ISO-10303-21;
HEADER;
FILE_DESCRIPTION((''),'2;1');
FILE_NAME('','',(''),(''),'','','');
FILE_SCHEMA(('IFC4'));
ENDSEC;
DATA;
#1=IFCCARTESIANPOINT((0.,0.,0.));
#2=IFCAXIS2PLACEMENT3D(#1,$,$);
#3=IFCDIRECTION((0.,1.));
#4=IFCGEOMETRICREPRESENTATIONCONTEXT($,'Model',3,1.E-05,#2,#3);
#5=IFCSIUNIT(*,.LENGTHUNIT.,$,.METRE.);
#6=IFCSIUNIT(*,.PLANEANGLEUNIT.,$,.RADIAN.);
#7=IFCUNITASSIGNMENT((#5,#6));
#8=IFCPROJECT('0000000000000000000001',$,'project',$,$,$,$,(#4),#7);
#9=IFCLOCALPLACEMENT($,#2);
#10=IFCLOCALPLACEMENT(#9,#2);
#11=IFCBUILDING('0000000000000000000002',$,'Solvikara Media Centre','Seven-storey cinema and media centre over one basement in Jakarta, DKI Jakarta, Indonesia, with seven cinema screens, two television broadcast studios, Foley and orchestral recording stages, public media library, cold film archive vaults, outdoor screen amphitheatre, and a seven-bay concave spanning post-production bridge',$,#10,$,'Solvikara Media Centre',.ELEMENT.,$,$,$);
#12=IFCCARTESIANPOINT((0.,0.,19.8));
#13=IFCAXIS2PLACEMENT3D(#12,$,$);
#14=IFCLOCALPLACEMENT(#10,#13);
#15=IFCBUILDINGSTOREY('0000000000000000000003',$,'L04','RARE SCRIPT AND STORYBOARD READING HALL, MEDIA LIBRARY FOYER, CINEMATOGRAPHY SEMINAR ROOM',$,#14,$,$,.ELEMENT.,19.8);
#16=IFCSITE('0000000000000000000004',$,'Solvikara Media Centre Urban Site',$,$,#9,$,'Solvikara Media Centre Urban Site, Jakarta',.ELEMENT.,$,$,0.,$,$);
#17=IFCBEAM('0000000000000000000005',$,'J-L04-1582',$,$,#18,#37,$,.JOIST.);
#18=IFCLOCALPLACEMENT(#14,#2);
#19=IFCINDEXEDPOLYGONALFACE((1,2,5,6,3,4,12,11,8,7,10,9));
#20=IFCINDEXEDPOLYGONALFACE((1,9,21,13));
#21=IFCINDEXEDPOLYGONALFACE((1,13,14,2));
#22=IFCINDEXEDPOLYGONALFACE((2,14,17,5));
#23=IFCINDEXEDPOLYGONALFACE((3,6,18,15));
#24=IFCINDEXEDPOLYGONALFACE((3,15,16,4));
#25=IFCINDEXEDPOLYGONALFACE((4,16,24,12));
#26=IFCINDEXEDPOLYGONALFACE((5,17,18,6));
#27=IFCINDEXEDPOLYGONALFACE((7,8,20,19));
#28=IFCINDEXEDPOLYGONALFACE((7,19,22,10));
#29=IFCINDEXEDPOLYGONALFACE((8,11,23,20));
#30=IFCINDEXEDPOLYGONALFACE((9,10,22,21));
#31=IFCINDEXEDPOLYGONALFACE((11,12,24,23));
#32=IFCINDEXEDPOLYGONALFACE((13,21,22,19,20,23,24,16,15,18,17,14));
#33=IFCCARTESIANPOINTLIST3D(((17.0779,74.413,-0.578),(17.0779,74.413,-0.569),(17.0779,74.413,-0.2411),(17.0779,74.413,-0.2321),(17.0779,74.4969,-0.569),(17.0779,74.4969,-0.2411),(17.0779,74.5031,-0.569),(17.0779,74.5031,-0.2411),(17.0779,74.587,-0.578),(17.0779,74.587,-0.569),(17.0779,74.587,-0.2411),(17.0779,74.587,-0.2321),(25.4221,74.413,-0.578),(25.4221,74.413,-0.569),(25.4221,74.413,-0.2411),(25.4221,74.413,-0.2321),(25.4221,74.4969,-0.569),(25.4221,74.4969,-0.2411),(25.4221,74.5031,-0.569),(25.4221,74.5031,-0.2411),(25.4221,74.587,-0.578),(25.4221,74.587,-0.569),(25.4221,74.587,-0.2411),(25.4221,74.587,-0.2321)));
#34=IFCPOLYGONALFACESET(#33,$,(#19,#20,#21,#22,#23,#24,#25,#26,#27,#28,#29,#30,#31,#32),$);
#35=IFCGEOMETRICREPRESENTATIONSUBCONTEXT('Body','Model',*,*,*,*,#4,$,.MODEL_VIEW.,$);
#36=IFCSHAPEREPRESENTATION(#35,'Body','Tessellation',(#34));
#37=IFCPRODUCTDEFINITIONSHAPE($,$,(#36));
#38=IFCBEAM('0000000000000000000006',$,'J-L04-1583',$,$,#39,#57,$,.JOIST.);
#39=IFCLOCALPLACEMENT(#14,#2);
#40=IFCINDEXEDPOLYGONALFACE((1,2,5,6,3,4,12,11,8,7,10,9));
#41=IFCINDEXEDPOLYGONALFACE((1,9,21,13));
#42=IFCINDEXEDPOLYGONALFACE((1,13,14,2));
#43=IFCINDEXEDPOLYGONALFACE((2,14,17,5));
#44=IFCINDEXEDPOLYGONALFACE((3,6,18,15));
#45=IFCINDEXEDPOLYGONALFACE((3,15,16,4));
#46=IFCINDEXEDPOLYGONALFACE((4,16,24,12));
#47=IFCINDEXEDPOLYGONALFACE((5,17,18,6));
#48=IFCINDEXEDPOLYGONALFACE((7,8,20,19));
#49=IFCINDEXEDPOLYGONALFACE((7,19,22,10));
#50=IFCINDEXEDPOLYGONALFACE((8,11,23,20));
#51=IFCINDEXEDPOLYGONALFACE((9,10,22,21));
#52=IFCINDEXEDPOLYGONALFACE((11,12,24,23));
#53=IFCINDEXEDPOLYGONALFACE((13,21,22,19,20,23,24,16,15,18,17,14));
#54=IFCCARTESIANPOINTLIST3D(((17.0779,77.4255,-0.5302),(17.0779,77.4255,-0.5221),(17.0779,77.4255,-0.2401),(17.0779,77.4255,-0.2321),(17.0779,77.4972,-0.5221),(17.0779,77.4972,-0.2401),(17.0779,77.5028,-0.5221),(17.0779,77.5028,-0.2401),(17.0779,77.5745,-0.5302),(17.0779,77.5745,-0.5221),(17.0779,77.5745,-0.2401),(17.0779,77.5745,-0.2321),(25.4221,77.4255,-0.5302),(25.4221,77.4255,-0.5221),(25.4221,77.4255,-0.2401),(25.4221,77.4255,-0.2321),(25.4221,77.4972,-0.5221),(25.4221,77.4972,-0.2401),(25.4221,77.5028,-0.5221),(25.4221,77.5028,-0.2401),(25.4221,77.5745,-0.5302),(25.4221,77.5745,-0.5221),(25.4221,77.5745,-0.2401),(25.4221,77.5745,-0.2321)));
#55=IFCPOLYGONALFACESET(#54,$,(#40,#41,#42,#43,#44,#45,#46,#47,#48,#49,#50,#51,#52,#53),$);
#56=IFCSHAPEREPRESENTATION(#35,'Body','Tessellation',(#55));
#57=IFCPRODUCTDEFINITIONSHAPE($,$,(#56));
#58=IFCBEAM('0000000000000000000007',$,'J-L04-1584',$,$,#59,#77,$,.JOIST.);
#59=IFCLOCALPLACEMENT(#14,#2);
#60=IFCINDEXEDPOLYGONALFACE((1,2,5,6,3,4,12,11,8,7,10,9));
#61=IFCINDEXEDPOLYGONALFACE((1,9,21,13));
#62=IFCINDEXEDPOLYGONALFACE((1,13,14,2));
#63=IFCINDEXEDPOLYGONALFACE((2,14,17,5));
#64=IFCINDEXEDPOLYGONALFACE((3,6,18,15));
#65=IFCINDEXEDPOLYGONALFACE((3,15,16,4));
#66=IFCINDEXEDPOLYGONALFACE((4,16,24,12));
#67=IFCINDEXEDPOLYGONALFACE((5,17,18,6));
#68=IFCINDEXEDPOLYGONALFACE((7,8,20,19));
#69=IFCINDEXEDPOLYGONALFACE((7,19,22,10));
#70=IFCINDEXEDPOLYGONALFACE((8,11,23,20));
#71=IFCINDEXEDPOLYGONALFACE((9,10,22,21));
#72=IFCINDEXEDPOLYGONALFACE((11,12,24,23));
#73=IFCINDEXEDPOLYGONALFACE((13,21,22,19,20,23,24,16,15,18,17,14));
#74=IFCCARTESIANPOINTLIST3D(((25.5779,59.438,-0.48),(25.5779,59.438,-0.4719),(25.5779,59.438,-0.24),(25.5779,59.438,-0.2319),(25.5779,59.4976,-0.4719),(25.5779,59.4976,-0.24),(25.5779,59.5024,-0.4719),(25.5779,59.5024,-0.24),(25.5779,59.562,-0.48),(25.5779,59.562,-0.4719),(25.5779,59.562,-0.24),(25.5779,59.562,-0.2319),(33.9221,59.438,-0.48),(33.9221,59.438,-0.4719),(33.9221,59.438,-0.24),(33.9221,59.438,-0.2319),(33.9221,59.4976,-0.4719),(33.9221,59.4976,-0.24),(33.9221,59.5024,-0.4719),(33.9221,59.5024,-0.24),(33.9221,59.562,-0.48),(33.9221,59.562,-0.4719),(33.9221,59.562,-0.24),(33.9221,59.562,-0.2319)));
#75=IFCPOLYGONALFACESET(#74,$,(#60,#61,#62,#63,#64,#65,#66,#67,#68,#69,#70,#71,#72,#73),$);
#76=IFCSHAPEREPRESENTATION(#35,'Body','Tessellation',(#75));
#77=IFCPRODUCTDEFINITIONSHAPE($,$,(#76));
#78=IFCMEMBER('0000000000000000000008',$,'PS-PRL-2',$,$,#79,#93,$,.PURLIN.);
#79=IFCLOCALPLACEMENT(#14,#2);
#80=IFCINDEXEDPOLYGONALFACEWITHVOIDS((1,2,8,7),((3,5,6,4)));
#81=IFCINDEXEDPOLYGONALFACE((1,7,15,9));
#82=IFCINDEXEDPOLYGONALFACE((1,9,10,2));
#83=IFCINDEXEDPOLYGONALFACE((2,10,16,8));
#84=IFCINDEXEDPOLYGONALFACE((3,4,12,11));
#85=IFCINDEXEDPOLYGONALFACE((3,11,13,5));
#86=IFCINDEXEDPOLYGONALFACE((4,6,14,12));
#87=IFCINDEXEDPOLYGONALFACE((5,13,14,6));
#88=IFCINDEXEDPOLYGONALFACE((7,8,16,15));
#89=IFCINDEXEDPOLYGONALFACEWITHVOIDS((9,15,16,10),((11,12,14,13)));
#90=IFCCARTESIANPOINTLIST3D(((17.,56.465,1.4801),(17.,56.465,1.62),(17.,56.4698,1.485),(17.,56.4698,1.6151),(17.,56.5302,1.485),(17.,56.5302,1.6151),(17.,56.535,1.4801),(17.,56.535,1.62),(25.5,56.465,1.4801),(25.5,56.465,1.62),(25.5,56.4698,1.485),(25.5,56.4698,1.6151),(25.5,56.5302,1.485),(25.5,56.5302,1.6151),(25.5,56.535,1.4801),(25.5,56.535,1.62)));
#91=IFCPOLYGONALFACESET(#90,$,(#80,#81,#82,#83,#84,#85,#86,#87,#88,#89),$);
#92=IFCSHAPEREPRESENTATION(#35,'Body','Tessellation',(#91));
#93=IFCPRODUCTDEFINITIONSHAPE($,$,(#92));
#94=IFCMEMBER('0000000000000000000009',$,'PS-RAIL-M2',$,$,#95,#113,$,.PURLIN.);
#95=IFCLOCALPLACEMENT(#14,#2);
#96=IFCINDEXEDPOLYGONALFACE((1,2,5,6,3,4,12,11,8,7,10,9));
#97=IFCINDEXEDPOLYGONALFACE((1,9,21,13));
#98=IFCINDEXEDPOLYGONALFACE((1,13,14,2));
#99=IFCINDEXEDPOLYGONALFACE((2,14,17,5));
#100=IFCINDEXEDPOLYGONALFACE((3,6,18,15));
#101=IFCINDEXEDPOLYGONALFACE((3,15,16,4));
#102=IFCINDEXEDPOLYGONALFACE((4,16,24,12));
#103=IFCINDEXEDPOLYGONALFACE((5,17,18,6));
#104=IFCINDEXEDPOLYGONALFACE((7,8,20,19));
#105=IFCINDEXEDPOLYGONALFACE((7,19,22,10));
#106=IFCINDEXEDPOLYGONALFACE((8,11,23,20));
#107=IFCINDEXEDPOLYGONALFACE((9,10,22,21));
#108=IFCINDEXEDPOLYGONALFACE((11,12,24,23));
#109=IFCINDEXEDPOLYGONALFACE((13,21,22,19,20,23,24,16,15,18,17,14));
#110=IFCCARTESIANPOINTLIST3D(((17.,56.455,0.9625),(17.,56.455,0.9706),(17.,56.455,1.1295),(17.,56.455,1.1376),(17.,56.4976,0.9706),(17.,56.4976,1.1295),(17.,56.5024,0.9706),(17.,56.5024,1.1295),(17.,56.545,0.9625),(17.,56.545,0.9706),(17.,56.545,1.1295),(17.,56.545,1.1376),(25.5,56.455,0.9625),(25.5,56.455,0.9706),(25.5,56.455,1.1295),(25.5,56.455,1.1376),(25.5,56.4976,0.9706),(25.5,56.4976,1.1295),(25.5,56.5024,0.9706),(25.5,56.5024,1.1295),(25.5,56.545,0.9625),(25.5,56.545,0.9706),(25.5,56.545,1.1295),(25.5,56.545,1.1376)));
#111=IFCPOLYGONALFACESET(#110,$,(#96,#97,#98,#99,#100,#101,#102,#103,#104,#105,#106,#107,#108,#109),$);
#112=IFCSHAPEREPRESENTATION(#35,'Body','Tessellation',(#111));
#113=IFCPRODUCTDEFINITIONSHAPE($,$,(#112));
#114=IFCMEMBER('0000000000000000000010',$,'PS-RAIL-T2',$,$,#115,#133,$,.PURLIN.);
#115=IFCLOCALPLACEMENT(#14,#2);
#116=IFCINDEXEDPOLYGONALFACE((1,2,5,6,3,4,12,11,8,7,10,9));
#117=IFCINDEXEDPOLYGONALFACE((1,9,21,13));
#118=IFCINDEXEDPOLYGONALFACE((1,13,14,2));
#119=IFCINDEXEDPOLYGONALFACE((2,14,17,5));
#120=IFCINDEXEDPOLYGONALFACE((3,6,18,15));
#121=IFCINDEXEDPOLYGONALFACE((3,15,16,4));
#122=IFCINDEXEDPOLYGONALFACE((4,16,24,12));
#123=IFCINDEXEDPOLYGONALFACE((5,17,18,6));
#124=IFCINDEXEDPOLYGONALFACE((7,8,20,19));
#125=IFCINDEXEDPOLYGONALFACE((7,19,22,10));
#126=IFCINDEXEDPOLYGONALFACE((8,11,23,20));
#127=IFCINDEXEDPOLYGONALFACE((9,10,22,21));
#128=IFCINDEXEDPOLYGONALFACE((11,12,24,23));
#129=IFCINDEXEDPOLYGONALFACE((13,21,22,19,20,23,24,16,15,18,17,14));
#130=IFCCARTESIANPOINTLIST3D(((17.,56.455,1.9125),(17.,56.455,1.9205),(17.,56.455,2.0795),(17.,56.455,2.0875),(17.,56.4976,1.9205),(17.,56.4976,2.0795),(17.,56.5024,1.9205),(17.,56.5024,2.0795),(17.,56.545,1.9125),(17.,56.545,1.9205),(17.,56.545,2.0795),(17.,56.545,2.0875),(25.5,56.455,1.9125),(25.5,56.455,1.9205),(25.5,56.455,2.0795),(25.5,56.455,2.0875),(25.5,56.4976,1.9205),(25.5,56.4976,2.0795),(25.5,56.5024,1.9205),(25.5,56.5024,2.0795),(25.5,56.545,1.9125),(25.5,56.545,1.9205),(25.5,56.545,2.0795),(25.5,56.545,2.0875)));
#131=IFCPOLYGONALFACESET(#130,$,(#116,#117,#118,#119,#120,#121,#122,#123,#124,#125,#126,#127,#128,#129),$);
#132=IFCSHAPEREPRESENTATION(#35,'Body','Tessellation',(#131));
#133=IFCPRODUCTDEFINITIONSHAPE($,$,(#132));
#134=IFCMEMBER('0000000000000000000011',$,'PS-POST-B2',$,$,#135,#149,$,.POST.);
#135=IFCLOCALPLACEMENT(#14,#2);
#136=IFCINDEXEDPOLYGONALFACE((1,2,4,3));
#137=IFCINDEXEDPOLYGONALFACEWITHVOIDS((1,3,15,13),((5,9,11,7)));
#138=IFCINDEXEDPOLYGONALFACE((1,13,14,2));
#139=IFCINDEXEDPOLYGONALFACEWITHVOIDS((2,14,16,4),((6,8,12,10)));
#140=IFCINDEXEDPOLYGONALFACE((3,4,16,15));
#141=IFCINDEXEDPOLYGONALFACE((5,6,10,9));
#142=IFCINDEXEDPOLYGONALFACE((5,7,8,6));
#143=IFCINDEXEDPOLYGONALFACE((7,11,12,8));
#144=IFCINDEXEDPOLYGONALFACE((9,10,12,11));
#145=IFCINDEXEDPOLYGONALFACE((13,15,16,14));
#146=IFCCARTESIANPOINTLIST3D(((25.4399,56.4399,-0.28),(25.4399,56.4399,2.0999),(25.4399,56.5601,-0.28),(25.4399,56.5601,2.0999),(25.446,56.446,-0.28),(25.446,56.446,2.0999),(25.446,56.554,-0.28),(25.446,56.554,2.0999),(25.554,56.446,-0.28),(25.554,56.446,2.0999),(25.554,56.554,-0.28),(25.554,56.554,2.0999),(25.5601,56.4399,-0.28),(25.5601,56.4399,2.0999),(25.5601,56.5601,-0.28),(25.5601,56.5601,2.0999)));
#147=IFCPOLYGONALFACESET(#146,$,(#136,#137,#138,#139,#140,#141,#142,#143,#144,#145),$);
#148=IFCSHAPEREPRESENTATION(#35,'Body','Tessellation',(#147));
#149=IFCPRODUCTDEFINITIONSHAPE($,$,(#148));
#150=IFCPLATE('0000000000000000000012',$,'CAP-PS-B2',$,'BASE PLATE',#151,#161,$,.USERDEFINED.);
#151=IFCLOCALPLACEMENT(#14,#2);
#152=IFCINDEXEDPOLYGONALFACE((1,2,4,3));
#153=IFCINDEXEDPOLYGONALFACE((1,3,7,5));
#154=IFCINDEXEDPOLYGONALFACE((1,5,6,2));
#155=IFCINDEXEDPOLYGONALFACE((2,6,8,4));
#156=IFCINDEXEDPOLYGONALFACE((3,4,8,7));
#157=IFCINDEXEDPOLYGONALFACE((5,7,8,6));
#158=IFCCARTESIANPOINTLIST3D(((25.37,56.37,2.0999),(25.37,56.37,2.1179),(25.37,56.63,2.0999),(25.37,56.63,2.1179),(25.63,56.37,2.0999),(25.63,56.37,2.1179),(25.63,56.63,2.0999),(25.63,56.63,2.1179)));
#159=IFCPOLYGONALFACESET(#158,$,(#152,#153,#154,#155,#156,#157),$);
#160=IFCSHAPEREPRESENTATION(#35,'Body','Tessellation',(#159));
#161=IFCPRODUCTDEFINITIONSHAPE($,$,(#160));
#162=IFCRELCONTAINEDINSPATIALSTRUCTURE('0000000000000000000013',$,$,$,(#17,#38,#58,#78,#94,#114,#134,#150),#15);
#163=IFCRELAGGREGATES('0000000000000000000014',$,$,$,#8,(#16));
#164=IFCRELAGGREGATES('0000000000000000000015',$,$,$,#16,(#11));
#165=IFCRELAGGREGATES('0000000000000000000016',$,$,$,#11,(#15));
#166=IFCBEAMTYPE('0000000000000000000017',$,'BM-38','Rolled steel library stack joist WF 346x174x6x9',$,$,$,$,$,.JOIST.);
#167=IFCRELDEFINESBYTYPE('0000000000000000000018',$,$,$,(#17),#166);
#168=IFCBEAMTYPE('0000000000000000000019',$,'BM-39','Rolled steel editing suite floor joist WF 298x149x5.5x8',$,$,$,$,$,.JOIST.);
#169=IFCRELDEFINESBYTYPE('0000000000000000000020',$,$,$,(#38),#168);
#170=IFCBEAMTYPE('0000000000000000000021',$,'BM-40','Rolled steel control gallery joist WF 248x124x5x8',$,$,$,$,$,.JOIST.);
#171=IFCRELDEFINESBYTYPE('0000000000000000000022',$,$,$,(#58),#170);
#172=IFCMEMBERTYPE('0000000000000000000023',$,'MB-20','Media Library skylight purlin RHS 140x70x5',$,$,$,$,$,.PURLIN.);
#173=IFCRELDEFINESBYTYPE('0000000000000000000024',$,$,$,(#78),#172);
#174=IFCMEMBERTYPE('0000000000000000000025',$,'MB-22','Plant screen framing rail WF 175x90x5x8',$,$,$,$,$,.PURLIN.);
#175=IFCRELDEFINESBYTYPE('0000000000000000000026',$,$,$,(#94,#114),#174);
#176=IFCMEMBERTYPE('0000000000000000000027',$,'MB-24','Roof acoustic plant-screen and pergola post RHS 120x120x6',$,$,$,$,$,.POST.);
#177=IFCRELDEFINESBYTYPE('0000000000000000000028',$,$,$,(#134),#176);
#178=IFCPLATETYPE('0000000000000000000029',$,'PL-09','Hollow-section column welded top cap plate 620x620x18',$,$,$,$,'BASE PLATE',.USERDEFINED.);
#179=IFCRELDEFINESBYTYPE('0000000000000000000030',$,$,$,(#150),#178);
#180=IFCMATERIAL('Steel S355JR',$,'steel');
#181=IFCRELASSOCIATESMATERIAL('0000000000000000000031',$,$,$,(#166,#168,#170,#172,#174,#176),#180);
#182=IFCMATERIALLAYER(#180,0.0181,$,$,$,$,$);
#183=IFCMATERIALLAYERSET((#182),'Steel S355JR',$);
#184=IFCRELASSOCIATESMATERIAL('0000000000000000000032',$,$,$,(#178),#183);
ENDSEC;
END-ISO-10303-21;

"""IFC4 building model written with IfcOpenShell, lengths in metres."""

from ifc_helpers import new_model, si_unit, direction, frame, origin, origin_2d, place, context, subcontext, project, spatial, rectangle, hollow_rectangle, i_section, extrude, material, layer, layer_set, material_profile, profile_set, type_object, element, save


model = new_model("IFC4")

# Units and contexts
model_context = context("Model", 3, precision=1e-05, world=origin(), true_north=direction((0.0, 1.0)))
body_context = subcontext(model_context, "Body", "Model", "MODEL_VIEW")
ifc_project = project(units=[si_unit("LENGTHUNIT", "METRE"), si_unit("PLANEANGLEUNIT", "RADIAN")], contexts=[model_context])

# Site, building, storey
site_placement = place(None, origin())
site = spatial("IfcSite", under=ifc_project, at=site_placement, Name="Solvikara Media Centre Urban Site", LongName="Solvikara Media Centre Urban Site, Jakarta", CompositionType="ELEMENT", RefElevation=0.0)
building_placement = place(site_placement, origin())
building = spatial("IfcBuilding", under=site, at=building_placement, Name="Solvikara Media Centre", Description="Seven-storey cinema and media centre over one basement in Jakarta, DKI Jakarta, Indonesia, with seven cinema screens, two television broadcast studios, Foley and orchestral recording stages, public media library, cold film archive vaults, outdoor screen amphitheatre, and a seven-bay concave spanning post-production bridge", LongName="Solvikara Media Centre", CompositionType="ELEMENT")
storey_placement = place(building_placement, frame((0.0, 0.0, 19.8)))
storey = spatial("IfcBuildingStorey", under=building, at=storey_placement, Name="L04", Description="RARE SCRIPT AND STORYBOARD READING HALL, MEDIA LIBRARY FOYER, CINEMATOGRAPHY SEMINAR ROOM", CompositionType="ELEMENT", Elevation=19.8)

# Beams
ifc_material_1 = material(Name="Steel S355JR", Category="steel")
ifc_material_profile_1 = material_profile(ifc_material_1, i_section(OverallWidth=0.1741, OverallDepth=0.3459, WebThickness=0.0061, FlangeThickness=0.009, at=origin_2d()), Name="WF 346x174x6x9")
ifc_profile_set_1 = profile_set([ifc_material_profile_1], Name="Steel S355JR")
beam_type_1 = type_object("IfcBeamType", Name="BM-38", Description="Rolled steel library stack joist WF 346x174x6x9", PredefinedType="JOIST", material=ifc_profile_set_1)
beam_1_placement = place(storey_placement, frame((17.0779, 74.5, -0.405), z_axis=(1.0, 0.0, 0.0), x_axis=(0.0, 1.0, 0.0)))
element("IfcBeam", 1, at=beam_1_placement, inside=storey, type_object=beam_type_1, Name="J-L04-1582", PredefinedType="JOIST", context=body_context, shape_type="SweptSolid", body=[
    extrude(i_section(OverallWidth=0.1741, OverallDepth=0.3459, WebThickness=0.0061, FlangeThickness=0.009, at=origin_2d()), origin(), (0.0, 0.0, 1.0), 8.3442),
])
ifc_material_profile_2 = material_profile(ifc_material_1, i_section(OverallWidth=0.1489, OverallDepth=0.2981, WebThickness=0.0056, FlangeThickness=0.0081, at=origin_2d()), Name="WF 298x149x5.5x8")
ifc_profile_set_2 = profile_set([ifc_material_profile_2], Name="Steel S355JR")
beam_type_2 = type_object("IfcBeamType", Name="BM-39", Description="Rolled steel editing suite floor joist WF 298x149x5.5x8", PredefinedType="JOIST", material=ifc_profile_set_2)
beam_2_placement = place(storey_placement, frame((17.0779, 77.5, -0.3811), z_axis=(1.0, 0.0, 0.0), x_axis=(0.0, 1.0, 0.0)))
element("IfcBeam", 2, at=beam_2_placement, inside=storey, type_object=beam_type_2, Name="J-L04-1583", PredefinedType="JOIST", context=body_context, shape_type="SweptSolid", body=[
    extrude(i_section(OverallWidth=0.1489, OverallDepth=0.2981, WebThickness=0.0056, FlangeThickness=0.0081, at=origin_2d()), origin(), (0.0, 0.0, 1.0), 8.3442),
])
ifc_material_profile_3 = material_profile(ifc_material_1, i_section(OverallWidth=0.124, OverallDepth=0.248, WebThickness=0.0049, FlangeThickness=0.0081, at=origin_2d()), Name="WF 248x124x5x8")
ifc_profile_set_3 = profile_set([ifc_material_profile_3], Name="Steel S355JR")
beam_type_3 = type_object("IfcBeamType", Name="BM-40", Description="Rolled steel control gallery joist WF 248x124x5x8", PredefinedType="JOIST", material=ifc_profile_set_3)
beam_3_placement = place(storey_placement, frame((25.5779, 59.5, -0.356), z_axis=(1.0, 0.0, 0.0), x_axis=(0.0, 1.0, 0.0)))
element("IfcBeam", 3, at=beam_3_placement, inside=storey, type_object=beam_type_3, Name="J-L04-1584", PredefinedType="JOIST", context=body_context, shape_type="SweptSolid", body=[
    extrude(i_section(OverallWidth=0.124, OverallDepth=0.248, WebThickness=0.0049, FlangeThickness=0.0081, at=origin_2d()), origin(), (0.0, 0.0, 1.0), 8.3442),
])

# Members
ifc_material_profile_4 = material_profile(ifc_material_1, hollow_rectangle(XDim=0.0701, YDim=0.1399, WallThickness=0.0049, at=origin_2d()), Name="RHS 140x70x5")
ifc_profile_set_4 = profile_set([ifc_material_profile_4], Name="Steel S355JR")
member_type_1 = type_object("IfcMemberType", Name="MB-20", Description="Media Library skylight purlin RHS 140x70x5", PredefinedType="PURLIN", material=ifc_profile_set_4)
member_1_placement = place(storey_placement, frame((17.0, 56.5, 1.55), z_axis=(1.0, 0.0, 0.0), x_axis=(0.0, 1.0, 0.0)))
element("IfcMember", 4, at=member_1_placement, inside=storey, type_object=member_type_1, Name="PS-PRL-2", PredefinedType="PURLIN", context=body_context, shape_type="SweptSolid", body=[
    extrude(hollow_rectangle(XDim=0.0701, YDim=0.1399, WallThickness=0.0049, at=origin_2d()), origin(), (0.0, 0.0, 1.0), 8.5),
])
ifc_material_profile_5 = material_profile(ifc_material_1, i_section(OverallWidth=0.0901, OverallDepth=0.175, WebThickness=0.0049, FlangeThickness=0.0081, at=origin_2d()), Name="WF 175x90x5x8")
ifc_profile_set_5 = profile_set([ifc_material_profile_5], Name="Steel S355JR")
member_type_2 = type_object("IfcMemberType", Name="MB-22", Description="Plant screen framing rail WF 175x90x5x8", PredefinedType="PURLIN", material=ifc_profile_set_5)
for number, where, z_axis, x_axis, name in (
    (5, (17.0, 56.5, 1.05), (1.0, 0.0, 0.0), (0.0, 1.0, 0.0), "PS-RAIL-M2"),
    (6, (17.0, 56.5, 2.0), (1.0, 0.0, 0.0), (0.0, 1.0, 0.0), "PS-RAIL-T2"),
):
    element("IfcMember", number, at=place(storey_placement, frame(where, z_axis=z_axis, x_axis=x_axis)), inside=storey, type_object=member_type_2, Name=name, PredefinedType="PURLIN", context=body_context, shape_type="SweptSolid", body=[
        extrude(i_section(OverallWidth=0.0901, OverallDepth=0.175, WebThickness=0.0049, FlangeThickness=0.0081, at=origin_2d()), origin(), (0.0, 0.0, 1.0), 8.5),
    ])
ifc_material_profile_6 = material_profile(ifc_material_1, hollow_rectangle(XDim=0.1201, YDim=0.1201, WallThickness=0.0061, at=origin_2d()), Name="RHS 120x120x6")
ifc_profile_set_6 = profile_set([ifc_material_profile_6], Name="Steel S355JR")
member_type_3 = type_object("IfcMemberType", Name="MB-24", Description="Roof acoustic plant-screen and pergola post RHS 120x120x6", PredefinedType="POST", material=ifc_profile_set_6)
member_2_placement = place(storey_placement, frame((25.5, 56.5, -0.28), z_axis=(0.0, 0.0, 1.0), x_axis=(1.0, 0.0, 0.0)))
element("IfcMember", 7, at=member_2_placement, inside=storey, type_object=member_type_3, Name="PS-POST-B2", PredefinedType="POST", context=body_context, shape_type="SweptSolid", body=[
    extrude(hollow_rectangle(XDim=0.1201, YDim=0.1201, WallThickness=0.0061, at=origin_2d()), origin(), (0.0, 0.0, 1.0), 2.3799),
])

# Plate
ifc_layer = layer(ifc_material_1, 0.0181)
ifc_layer_set = layer_set([ifc_layer], Name="Steel S355JR")
plate_type = type_object("IfcPlateType", Name="PL-09", Description="Hollow-section column welded top cap plate 620x620x18", ElementType="BASE PLATE", PredefinedType="USERDEFINED", material=ifc_layer_set)
plate_placement = place(storey_placement, frame((25.5, 56.5, 2.0999), z_axis=(0.0, 0.0, 1.0), x_axis=(1.0, 0.0, 0.0)))
element("IfcPlate", 8, at=plate_placement, inside=storey, type_object=plate_type, Name="CAP-PS-B2", ObjectType="BASE PLATE", PredefinedType="USERDEFINED", context=body_context, shape_type="SweptSolid", body=[
    extrude(rectangle(XDim=0.26, YDim=0.26, at=origin_2d()), origin(), (0.0, 0.0, 1.0), 0.0181),
])

save(model, "model.ifc")
